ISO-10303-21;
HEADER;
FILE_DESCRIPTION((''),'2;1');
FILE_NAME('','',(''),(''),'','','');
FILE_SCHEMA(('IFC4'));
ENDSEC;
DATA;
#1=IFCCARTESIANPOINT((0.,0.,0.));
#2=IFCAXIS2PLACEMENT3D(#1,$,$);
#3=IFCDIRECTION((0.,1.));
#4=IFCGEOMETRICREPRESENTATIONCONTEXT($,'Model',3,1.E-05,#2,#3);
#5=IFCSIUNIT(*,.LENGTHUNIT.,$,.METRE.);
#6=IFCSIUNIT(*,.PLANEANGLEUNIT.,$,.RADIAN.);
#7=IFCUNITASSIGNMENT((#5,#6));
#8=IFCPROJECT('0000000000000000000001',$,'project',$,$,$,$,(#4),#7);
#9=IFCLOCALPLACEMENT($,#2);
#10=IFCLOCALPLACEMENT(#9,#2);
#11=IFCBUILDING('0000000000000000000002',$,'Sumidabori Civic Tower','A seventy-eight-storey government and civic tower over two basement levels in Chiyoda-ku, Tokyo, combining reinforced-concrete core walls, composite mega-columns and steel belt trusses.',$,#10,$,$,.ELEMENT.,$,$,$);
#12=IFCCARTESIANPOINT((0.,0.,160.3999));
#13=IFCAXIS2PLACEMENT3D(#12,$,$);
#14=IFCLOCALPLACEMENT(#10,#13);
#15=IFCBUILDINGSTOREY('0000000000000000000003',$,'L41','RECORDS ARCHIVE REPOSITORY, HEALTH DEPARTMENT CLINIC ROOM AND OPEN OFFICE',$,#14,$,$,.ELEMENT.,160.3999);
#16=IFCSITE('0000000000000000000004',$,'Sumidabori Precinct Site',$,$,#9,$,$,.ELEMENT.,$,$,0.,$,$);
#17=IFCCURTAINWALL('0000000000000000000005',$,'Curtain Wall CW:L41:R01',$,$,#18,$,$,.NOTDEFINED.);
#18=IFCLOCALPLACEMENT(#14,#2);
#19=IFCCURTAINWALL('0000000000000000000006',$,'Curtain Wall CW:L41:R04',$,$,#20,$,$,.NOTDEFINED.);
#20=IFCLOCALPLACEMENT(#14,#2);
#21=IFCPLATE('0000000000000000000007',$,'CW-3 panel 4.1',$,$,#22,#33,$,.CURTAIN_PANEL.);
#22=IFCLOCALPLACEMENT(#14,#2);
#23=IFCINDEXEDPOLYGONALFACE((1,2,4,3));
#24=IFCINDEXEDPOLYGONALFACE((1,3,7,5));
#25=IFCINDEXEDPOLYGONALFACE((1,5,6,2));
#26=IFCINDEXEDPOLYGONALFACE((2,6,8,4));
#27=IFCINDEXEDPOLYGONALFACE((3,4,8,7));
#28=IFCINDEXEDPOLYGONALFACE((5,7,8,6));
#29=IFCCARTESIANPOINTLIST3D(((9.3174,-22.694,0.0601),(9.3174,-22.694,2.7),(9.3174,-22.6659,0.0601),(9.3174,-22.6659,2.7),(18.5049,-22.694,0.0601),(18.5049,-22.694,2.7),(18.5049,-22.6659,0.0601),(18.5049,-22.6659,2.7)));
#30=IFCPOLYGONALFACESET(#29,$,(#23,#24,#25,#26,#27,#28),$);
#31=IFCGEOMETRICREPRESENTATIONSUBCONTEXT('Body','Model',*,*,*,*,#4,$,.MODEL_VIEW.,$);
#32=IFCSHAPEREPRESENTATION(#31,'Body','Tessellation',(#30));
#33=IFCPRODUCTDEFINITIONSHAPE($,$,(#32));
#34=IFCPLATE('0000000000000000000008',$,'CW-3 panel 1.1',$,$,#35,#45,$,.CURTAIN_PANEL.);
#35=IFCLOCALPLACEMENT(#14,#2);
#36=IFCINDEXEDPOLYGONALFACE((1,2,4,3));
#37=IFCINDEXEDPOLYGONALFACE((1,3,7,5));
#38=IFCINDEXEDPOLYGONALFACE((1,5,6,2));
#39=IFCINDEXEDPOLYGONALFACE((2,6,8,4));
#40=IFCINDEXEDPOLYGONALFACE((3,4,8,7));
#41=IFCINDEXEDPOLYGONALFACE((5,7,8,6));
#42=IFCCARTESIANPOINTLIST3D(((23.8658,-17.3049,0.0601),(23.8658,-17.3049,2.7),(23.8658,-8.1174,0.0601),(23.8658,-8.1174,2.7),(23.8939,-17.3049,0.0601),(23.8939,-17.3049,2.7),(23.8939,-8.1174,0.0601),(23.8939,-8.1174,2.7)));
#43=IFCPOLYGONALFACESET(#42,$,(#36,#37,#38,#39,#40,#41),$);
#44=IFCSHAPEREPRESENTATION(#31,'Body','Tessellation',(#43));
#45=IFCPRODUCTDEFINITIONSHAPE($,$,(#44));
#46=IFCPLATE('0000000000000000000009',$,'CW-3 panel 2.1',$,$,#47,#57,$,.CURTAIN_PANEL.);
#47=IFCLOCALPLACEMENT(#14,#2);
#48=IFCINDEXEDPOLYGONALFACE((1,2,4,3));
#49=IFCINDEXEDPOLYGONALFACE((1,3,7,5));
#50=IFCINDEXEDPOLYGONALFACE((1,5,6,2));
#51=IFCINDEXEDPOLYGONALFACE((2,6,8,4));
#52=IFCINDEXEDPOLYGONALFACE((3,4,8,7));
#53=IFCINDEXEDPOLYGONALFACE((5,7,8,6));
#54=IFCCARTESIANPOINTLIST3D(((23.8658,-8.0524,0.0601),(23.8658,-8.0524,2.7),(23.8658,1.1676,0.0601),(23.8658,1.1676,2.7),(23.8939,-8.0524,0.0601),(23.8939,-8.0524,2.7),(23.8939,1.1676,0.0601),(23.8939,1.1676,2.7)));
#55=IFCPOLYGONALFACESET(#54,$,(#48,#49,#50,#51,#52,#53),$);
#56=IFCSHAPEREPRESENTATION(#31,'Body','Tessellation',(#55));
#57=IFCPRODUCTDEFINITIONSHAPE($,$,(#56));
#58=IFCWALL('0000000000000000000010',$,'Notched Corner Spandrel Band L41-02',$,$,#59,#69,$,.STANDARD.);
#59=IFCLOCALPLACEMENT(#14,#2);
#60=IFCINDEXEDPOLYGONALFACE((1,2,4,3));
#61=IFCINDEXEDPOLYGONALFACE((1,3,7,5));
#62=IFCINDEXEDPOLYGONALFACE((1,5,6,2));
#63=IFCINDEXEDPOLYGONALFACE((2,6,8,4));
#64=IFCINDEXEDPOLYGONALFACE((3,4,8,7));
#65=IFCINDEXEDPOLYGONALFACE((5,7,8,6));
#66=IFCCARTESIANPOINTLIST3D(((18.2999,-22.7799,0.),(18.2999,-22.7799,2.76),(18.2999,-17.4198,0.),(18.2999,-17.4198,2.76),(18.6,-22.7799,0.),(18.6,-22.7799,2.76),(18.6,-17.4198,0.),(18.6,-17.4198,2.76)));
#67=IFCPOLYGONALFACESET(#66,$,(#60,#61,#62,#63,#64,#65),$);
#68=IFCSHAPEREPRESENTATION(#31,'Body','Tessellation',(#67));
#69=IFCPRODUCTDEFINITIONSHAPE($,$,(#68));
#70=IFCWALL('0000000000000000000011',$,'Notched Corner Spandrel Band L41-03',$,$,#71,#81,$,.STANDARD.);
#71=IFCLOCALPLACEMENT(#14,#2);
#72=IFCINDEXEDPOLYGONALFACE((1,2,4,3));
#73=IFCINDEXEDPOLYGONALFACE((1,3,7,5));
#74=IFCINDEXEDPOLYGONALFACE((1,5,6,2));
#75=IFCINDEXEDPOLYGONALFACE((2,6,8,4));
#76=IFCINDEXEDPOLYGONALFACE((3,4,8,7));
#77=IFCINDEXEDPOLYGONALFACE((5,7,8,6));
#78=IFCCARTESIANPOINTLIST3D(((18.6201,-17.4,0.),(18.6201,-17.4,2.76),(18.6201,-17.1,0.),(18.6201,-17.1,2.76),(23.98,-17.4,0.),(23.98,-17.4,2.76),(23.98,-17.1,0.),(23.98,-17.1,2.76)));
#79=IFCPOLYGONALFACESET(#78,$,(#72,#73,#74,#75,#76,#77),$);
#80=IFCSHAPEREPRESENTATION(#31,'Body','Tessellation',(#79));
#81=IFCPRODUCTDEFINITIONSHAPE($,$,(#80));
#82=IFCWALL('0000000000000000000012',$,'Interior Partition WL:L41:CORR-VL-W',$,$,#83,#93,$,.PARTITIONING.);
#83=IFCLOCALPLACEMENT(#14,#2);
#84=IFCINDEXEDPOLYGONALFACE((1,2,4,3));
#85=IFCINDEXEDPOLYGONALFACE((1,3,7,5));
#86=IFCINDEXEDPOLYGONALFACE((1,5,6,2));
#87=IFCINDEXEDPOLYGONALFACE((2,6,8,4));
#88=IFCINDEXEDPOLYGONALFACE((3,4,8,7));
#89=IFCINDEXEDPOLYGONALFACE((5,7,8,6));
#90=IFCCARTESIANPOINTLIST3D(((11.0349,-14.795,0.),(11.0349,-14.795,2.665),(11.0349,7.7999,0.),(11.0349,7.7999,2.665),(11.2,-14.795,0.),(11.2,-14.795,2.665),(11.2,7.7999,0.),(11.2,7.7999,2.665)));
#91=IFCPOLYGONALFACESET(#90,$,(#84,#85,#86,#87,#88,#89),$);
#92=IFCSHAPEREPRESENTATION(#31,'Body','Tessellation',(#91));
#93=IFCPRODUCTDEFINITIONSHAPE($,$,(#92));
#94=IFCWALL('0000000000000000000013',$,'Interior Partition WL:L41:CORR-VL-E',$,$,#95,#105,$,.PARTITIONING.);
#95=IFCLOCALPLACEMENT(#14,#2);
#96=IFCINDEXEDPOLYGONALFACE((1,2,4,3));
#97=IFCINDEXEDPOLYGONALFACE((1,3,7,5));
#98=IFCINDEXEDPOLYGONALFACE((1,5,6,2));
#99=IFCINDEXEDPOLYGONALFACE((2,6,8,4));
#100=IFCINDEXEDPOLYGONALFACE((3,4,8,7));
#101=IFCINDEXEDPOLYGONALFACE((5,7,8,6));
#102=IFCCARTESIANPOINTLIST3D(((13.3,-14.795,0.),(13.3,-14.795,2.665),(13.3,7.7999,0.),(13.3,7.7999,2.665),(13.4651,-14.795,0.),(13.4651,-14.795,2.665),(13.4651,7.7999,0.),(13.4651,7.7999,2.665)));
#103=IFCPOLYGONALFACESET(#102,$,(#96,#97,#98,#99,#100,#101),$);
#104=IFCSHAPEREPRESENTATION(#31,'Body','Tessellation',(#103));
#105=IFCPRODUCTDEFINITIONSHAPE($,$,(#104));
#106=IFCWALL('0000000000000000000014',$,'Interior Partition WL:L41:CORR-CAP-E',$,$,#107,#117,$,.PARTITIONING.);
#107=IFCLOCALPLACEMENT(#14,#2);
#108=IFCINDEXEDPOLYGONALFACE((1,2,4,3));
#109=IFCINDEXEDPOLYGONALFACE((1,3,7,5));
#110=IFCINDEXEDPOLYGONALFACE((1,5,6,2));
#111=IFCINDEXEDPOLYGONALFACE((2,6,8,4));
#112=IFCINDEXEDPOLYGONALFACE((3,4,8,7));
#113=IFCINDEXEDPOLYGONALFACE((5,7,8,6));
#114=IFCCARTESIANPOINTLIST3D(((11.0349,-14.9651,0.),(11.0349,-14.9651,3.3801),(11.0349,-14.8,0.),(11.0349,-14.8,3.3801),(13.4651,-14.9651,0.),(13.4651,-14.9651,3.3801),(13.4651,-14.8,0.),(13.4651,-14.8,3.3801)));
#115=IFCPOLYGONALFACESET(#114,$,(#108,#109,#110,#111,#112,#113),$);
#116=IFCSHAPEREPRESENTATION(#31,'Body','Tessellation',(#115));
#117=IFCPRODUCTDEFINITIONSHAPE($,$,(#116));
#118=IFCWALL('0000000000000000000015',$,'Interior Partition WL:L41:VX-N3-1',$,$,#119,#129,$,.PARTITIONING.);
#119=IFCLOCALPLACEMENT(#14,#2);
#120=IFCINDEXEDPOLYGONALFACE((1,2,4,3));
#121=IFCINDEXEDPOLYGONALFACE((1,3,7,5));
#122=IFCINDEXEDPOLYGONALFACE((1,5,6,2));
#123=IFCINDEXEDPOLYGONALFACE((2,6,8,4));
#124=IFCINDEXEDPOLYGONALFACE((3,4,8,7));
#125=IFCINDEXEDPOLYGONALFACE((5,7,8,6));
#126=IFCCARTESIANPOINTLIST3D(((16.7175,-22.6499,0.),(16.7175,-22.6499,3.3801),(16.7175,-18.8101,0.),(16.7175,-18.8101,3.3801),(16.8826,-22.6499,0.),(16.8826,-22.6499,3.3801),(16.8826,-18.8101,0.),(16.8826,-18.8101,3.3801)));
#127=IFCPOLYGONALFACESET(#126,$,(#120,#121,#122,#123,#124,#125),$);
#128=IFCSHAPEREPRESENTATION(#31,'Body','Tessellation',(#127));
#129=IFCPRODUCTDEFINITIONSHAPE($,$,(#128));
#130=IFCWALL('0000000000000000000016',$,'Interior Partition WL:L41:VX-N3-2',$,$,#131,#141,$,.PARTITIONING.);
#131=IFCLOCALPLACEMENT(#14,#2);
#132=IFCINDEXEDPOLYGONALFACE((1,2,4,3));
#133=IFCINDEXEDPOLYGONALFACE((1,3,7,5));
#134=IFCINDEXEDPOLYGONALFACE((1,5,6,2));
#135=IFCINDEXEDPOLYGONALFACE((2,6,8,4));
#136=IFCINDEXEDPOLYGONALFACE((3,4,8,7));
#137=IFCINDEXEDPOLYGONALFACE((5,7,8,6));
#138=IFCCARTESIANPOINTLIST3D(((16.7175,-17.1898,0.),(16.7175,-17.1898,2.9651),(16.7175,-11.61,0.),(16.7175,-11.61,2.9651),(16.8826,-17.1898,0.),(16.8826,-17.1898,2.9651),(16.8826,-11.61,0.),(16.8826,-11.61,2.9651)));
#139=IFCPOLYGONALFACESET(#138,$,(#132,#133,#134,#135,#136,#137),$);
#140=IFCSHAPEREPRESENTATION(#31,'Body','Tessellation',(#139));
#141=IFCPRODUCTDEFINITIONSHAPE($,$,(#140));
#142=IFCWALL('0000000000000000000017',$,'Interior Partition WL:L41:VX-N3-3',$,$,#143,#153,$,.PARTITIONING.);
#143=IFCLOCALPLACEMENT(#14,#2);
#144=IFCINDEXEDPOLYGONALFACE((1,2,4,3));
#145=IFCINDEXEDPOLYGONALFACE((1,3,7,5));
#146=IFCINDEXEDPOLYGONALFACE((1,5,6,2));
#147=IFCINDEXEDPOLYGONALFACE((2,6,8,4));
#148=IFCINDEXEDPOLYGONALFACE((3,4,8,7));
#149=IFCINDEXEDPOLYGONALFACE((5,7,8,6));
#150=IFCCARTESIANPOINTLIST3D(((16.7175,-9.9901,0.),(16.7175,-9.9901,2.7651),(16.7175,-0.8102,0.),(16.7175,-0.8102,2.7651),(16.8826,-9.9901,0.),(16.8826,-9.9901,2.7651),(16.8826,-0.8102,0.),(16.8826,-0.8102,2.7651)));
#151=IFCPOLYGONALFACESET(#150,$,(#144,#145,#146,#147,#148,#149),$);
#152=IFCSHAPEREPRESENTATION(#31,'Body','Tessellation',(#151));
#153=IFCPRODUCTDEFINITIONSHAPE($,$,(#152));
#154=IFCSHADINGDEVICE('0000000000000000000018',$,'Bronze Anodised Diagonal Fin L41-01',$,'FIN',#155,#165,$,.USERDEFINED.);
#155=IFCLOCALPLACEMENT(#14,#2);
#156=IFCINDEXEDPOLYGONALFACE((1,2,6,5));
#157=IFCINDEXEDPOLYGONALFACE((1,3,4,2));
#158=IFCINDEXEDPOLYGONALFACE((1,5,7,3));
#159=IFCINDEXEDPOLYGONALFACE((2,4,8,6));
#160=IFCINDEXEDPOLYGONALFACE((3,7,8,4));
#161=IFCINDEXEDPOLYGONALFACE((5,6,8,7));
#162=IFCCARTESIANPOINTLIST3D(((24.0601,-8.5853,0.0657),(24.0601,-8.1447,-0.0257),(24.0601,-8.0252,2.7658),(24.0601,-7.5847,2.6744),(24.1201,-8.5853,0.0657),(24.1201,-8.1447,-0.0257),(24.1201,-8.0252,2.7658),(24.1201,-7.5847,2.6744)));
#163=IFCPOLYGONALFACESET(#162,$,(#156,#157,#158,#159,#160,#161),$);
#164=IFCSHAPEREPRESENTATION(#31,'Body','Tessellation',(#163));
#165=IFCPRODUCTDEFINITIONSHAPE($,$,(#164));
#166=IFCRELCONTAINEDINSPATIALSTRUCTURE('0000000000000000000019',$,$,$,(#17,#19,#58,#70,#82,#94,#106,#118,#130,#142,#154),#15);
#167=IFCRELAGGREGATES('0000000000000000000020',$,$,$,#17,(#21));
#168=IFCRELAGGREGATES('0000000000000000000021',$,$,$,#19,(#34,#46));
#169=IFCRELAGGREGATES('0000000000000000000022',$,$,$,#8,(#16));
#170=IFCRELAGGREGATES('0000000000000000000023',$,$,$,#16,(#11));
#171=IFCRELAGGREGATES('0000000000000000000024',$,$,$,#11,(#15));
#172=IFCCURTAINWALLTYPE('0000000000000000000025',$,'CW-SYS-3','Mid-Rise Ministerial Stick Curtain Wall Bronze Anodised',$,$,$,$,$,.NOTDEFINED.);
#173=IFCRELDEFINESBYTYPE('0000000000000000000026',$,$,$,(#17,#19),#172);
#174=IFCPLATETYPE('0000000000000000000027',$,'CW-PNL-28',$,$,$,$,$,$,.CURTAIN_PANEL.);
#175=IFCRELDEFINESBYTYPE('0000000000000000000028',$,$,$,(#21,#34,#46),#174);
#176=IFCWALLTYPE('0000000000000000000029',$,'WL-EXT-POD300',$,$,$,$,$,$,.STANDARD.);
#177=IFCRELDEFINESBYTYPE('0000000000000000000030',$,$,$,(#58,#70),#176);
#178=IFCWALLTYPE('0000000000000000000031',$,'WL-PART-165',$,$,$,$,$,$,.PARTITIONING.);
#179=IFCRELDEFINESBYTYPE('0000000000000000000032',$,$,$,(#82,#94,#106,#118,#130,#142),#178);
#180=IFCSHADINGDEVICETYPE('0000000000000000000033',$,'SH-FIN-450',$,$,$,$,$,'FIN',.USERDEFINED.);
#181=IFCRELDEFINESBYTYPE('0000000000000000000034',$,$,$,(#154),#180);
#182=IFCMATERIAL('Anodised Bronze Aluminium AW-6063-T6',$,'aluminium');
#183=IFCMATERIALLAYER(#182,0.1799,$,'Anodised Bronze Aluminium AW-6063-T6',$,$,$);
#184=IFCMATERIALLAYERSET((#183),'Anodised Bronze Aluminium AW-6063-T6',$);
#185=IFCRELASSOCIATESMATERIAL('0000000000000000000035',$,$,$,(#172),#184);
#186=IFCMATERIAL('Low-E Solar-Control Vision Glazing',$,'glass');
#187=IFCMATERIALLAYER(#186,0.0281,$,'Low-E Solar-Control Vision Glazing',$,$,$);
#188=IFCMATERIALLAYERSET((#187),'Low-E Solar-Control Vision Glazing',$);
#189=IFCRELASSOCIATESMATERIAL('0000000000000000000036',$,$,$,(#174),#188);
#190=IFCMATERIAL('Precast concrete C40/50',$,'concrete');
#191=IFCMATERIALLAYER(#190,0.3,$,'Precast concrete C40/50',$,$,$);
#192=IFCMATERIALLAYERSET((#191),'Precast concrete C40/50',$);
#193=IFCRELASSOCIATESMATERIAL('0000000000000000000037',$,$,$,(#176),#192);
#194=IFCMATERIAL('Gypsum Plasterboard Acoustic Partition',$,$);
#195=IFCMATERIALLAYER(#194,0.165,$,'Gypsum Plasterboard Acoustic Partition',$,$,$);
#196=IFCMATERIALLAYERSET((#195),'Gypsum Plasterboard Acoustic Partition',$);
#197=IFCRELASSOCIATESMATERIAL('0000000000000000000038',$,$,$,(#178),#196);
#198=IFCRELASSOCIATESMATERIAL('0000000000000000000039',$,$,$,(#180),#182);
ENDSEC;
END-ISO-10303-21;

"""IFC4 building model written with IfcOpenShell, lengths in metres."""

from ifc_helpers import new_model, si_unit, direction, frame, frame_2d, origin, origin_2d, place, context, subcontext, project, spatial, rectangle, extrude, source, transform, mapped, material, layer, layer_set, material_profile, profile_set, type_object, element, aggregate, save


model = new_model("IFC4")

# Units and contexts
model_context = context("Model", 3, precision=1e-05, world=origin(), true_north=direction((0.0, 1.0)))
body_context = subcontext(model_context, "Body", "Model", "MODEL_VIEW")
ifc_project = project(units=[si_unit("LENGTHUNIT", "METRE"), si_unit("PLANEANGLEUNIT", "RADIAN")], contexts=[model_context])

# Site, building, storey
site_placement = place(None, origin())
site = spatial("IfcSite", under=ifc_project, at=site_placement, Name="Sumidabori Precinct Site", CompositionType="ELEMENT", RefElevation=0.0)
building_placement = place(site_placement, origin())
building = spatial("IfcBuilding", under=site, at=building_placement, Name="Sumidabori Civic Tower", Description="A seventy-eight-storey government and civic tower over two basement levels in Chiyoda-ku, Tokyo, combining reinforced-concrete core walls, composite mega-columns and steel belt trusses.", CompositionType="ELEMENT")
storey_placement = place(building_placement, frame((0.0, 0.0, 160.3999)))
storey = spatial("IfcBuildingStorey", under=building, at=storey_placement, Name="L41", Description="RECORDS ARCHIVE REPOSITORY, HEALTH DEPARTMENT CLINIC ROOM AND OPEN OFFICE", CompositionType="ELEMENT", Elevation=160.3999)

# Curtain wall
ifc_material_1 = material(Name="Anodised Bronze Aluminium AW-6063-T6", Category="aluminium")
ifc_layer_1 = layer(ifc_material_1, 0.1799, Name="Anodised Bronze Aluminium AW-6063-T6")
ifc_layer_set_1 = layer_set([ifc_layer_1], Name="Anodised Bronze Aluminium AW-6063-T6")
curtain_wall_type = type_object("IfcCurtainWallType", Name="CW-SYS-3", Description="Mid-Rise Ministerial Stick Curtain Wall Bronze Anodised", PredefinedType="NOTDEFINED", material=ifc_layer_set_1)
curtain_wall_1_placement = place(storey_placement, origin())
curtain_wall_1 = element("IfcCurtainWall", 1, at=curtain_wall_1_placement, inside=storey, type_object=curtain_wall_type, Name="Curtain Wall CW:L41:R01", PredefinedType="NOTDEFINED")

# Curtain wall
curtain_wall_2_placement = place(storey_placement, origin())
curtain_wall_2 = element("IfcCurtainWall", 2, at=curtain_wall_2_placement, inside=storey, type_object=curtain_wall_type, Name="Curtain Wall CW:L41:R04", PredefinedType="NOTDEFINED")

# Plates
ifc_material_2 = material(Name="Low-E Solar-Control Vision Glazing", Category="glass")
ifc_layer_2 = layer(ifc_material_2, 0.0281, Name="Low-E Solar-Control Vision Glazing")
ifc_layer_set_2 = layer_set([ifc_layer_2], Name="Low-E Solar-Control Vision Glazing")
plate_type = type_object("IfcPlateType", Name="CW-PNL-28", PredefinedType="CURTAIN_PANEL", material=ifc_layer_set_2)
shared_shape_1 = source(origin(), body_context, "Body", "SweptSolid", [
    extrude(rectangle(XDim=9.1875, YDim=0.0281, at=origin_2d()), origin(), (0.0, 0.0, 1.0), 2.6399),
])
plate_1_placement = place(storey_placement, frame((13.9111, -22.6799, 0.0601), z_axis=(0.0, 0.0, 1.0), x_axis=(1.0, 0.0, 0.0)))
plate_1 = element("IfcPlate", 3, at=plate_1_placement, type_object=plate_type, Name="CW-3 panel 4.1", PredefinedType="CURTAIN_PANEL", context=body_context, shape_type="MappedRepresentation", body=[
    mapped(shared_shape_1, transform((0.0, 0.0, 0.0), x_axis=(1.0, 0.0, 0.0), y_axis=(0.0, 1.0, 0.0), z_axis=(0.0, 0.0, 1.0), scale=1.0)),
])
aggregate(curtain_wall_1, [plate_1])
plate_2_placement = place(storey_placement, frame((23.8799, -12.7112, 0.0601), z_axis=(0.0, 0.0, 1.0), x_axis=(0.0, 1.0, 0.0)))
plate_2 = element("IfcPlate", 4, at=plate_2_placement, type_object=plate_type, Name="CW-3 panel 1.1", PredefinedType="CURTAIN_PANEL", context=body_context, shape_type="MappedRepresentation", body=[
    mapped(shared_shape_1, transform((0.0, 0.0, 0.0), x_axis=(1.0, 0.0, 0.0), y_axis=(0.0, 1.0, 0.0), z_axis=(0.0, 0.0, 1.0), scale=1.0)),
])
shared_shape_2 = source(origin(), body_context, "Body", "SweptSolid", [
    extrude(rectangle(XDim=9.22, YDim=0.0281, at=origin_2d()), origin(), (0.0, 0.0, 1.0), 2.6399),
])
plate_3_placement = place(storey_placement, frame((23.8799, -3.4424, 0.0601), z_axis=(0.0, 0.0, 1.0), x_axis=(0.0, 1.0, 0.0)))
plate_3 = element("IfcPlate", 5, at=plate_3_placement, type_object=plate_type, Name="CW-3 panel 2.1", PredefinedType="CURTAIN_PANEL", context=body_context, shape_type="MappedRepresentation", body=[
    mapped(shared_shape_2, transform((0.0, 0.0, 0.0), x_axis=(1.0, 0.0, 0.0), y_axis=(0.0, 1.0, 0.0), z_axis=(0.0, 0.0, 1.0), scale=1.0)),
])
aggregate(curtain_wall_2, [plate_2, plate_3])

# Walls
ifc_material_3 = material(Name="Precast concrete C40/50", Category="concrete")
ifc_layer_3 = layer(ifc_material_3, 0.3, Name="Precast concrete C40/50")
ifc_layer_set_3 = layer_set([ifc_layer_3], Name="Precast concrete C40/50")
wall_type_1 = type_object("IfcWallType", Name="WL-EXT-POD300", PredefinedType="STANDARD", material=ifc_layer_set_3)
shared_shape_3 = source(origin(), body_context, "Body", "SweptSolid", [
    extrude(rectangle(XDim=5.3601, YDim=0.3, at=frame_2d((2.6802, 0.0))), origin(), (0.0, 0.0, 1.0), 2.76),
])
wall_1_placement = place(storey_placement, frame((18.45, -22.78, 0.0), z_axis=(0.0, 0.0, 1.0), x_axis=(0.0, 1.0, 0.0)))
element("IfcWall", 6, at=wall_1_placement, inside=storey, type_object=wall_type_1, Name="Notched Corner Spandrel Band L41-02", PredefinedType="STANDARD", context=body_context, shape_type="MappedRepresentation", body=[
    mapped(shared_shape_3, transform((0.0, 0.0, 0.0), x_axis=(1.0, 0.0, 0.0), y_axis=(0.0, 1.0, 0.0), z_axis=(0.0, 0.0, 1.0), scale=1.0)),
])
shared_shape_4 = source(origin(), body_context, "Body", "SweptSolid", [
    extrude(rectangle(XDim=5.3599, YDim=0.3, at=frame_2d((2.6799, 0.0))), origin(), (0.0, 0.0, 1.0), 2.76),
])
wall_2_placement = place(storey_placement, frame((18.6201, -17.25, 0.0), z_axis=(0.0, 0.0, 1.0), x_axis=(1.0, 0.0, 0.0)))
element("IfcWall", 7, at=wall_2_placement, inside=storey, type_object=wall_type_1, Name="Notched Corner Spandrel Band L41-03", PredefinedType="STANDARD", context=body_context, shape_type="MappedRepresentation", body=[
    mapped(shared_shape_4, transform((0.0, 0.0, 0.0), x_axis=(1.0, 0.0, 0.0), y_axis=(0.0, 1.0, 0.0), z_axis=(0.0, 0.0, 1.0), scale=1.0)),
])
ifc_material_4 = material(Name="Gypsum Plasterboard Acoustic Partition")
ifc_layer_4 = layer(ifc_material_4, 0.165, Name="Gypsum Plasterboard Acoustic Partition")
ifc_layer_set_4 = layer_set([ifc_layer_4], Name="Gypsum Plasterboard Acoustic Partition")
wall_type_2 = type_object("IfcWallType", Name="WL-PART-165", PredefinedType="PARTITIONING", material=ifc_layer_set_4)
shared_shape_5 = source(origin(), body_context, "Body", "SweptSolid", [
    extrude(rectangle(XDim=22.595, YDim=0.165, at=frame_2d((11.2974, 0.0))), origin(), (0.0, 0.0, 1.0), 2.665),
])
for number, where, z_axis, x_axis, name in (
    (8, (11.1174, -14.7949, 0.0), (0.0, 0.0, 1.0), (0.0, 1.0, 0.0), "Interior Partition WL:L41:CORR-VL-W"),
    (9, (13.3826, -14.7949, 0.0), (0.0, 0.0, 1.0), (0.0, 1.0, 0.0), "Interior Partition WL:L41:CORR-VL-E"),
):
    element("IfcWall", number, at=place(storey_placement, frame(where, z_axis=z_axis, x_axis=x_axis)), inside=storey, type_object=wall_type_2, Name=name, PredefinedType="PARTITIONING", context=body_context, shape_type="MappedRepresentation", body=[
        mapped(shared_shape_5, transform((0.0, 0.0, 0.0), x_axis=(1.0, 0.0, 0.0), y_axis=(0.0, 1.0, 0.0), z_axis=(0.0, 0.0, 1.0), scale=1.0)),
    ])
shared_shape_6 = source(origin(), body_context, "Body", "SweptSolid", [
    extrude(rectangle(XDim=2.4302, YDim=0.165, at=frame_2d((1.2151, 0.0))), origin(), (0.0, 0.0, 1.0), 3.3801),
])
wall_3_placement = place(storey_placement, frame((11.0349, -14.8826, 0.0), z_axis=(0.0, 0.0, 1.0), x_axis=(1.0, 0.0, 0.0)))
element("IfcWall", 10, at=wall_3_placement, inside=storey, type_object=wall_type_2, Name="Interior Partition WL:L41:CORR-CAP-E", PredefinedType="PARTITIONING", context=body_context, shape_type="MappedRepresentation", body=[
    mapped(shared_shape_6, transform((0.0, 0.0, 0.0), x_axis=(1.0, 0.0, 0.0), y_axis=(0.0, 1.0, 0.0), z_axis=(0.0, 0.0, 1.0), scale=1.0)),
])
shared_shape_7 = source(origin(), body_context, "Body", "SweptSolid", [
    extrude(rectangle(XDim=3.8398, YDim=0.165, at=frame_2d((1.9199, 0.0))), origin(), (0.0, 0.0, 1.0), 3.3801),
])
wall_4_placement = place(storey_placement, frame((16.8, -22.6499, 0.0), z_axis=(0.0, 0.0, 1.0), x_axis=(0.0, 1.0, 0.0)))
element("IfcWall", 11, at=wall_4_placement, inside=storey, type_object=wall_type_2, Name="Interior Partition WL:L41:VX-N3-1", PredefinedType="PARTITIONING", context=body_context, shape_type="MappedRepresentation", body=[
    mapped(shared_shape_7, transform((0.0, 0.0, 0.0), x_axis=(1.0, 0.0, 0.0), y_axis=(0.0, 1.0, 0.0), z_axis=(0.0, 0.0, 1.0), scale=1.0)),
])
shared_shape_8 = source(origin(), body_context, "Body", "SweptSolid", [
    extrude(rectangle(XDim=5.5798, YDim=0.165, at=frame_2d((2.79, 0.0))), origin(), (0.0, 0.0, 1.0), 2.9651),
])
wall_5_placement = place(storey_placement, frame((16.8, -17.1899, 0.0), z_axis=(0.0, 0.0, 1.0), x_axis=(0.0, 1.0, 0.0)))
element("IfcWall", 12, at=wall_5_placement, inside=storey, type_object=wall_type_2, Name="Interior Partition WL:L41:VX-N3-2", PredefinedType="PARTITIONING", context=body_context, shape_type="MappedRepresentation", body=[
    mapped(shared_shape_8, transform((0.0, 0.0, 0.0), x_axis=(1.0, 0.0, 0.0), y_axis=(0.0, 1.0, 0.0), z_axis=(0.0, 0.0, 1.0), scale=1.0)),
])
shared_shape_9 = source(origin(), body_context, "Body", "SweptSolid", [
    extrude(rectangle(XDim=9.1799, YDim=0.165, at=frame_2d((4.5898, 0.0))), origin(), (0.0, 0.0, 1.0), 2.7651),
])
wall_6_placement = place(storey_placement, frame((16.8, -9.99, 0.0), z_axis=(0.0, 0.0, 1.0), x_axis=(0.0, 1.0, 0.0)))
element("IfcWall", 13, at=wall_6_placement, inside=storey, type_object=wall_type_2, Name="Interior Partition WL:L41:VX-N3-3", PredefinedType="PARTITIONING", context=body_context, shape_type="MappedRepresentation", body=[
    mapped(shared_shape_9, transform((0.0, 0.0, 0.0), x_axis=(1.0, 0.0, 0.0), y_axis=(0.0, 1.0, 0.0), z_axis=(0.0, 0.0, 1.0), scale=1.0)),
])

# Shading device
ifc_material_profile_1 = material_profile(ifc_material_1, rectangle(XDim=0.0601, YDim=0.45, at=origin_2d()), Name="BRONZE FIN 450x60")
ifc_profile_set_1 = profile_set([ifc_material_profile_1], Name="Anodised Bronze Aluminium AW-6063-T6")
shading_device_type = type_object("IfcShadingDeviceType", Name="SH-FIN-450", ElementType="FIN", PredefinedType="USERDEFINED", material=ifc_profile_set_1)
shared_shape_10 = source(origin(), body_context, "Body", "SweptSolid", [
    extrude(rectangle(XDim=0.0601, YDim=0.45, at=origin_2d()), origin(), (0.0, 0.0, 1.0), 2.7576),
])
shading_device_placement = place(storey_placement, frame((24.0901, -8.365, 0.02), z_axis=(0.0, 0.203092, 0.97916), x_axis=(-1.0, 0.0, 0.0)))
element("IfcShadingDevice", 14, at=shading_device_placement, inside=storey, type_object=shading_device_type, Name="Bronze Anodised Diagonal Fin L41-01", ObjectType="FIN", PredefinedType="USERDEFINED", context=body_context, shape_type="MappedRepresentation", body=[
    mapped(shared_shape_10, transform((0.0, 0.0, 0.0), x_axis=(1.0, 0.0, 0.0), y_axis=(0.0, 1.0, 0.0), z_axis=(0.0, 0.0, 1.0), scale=1.0)),
])

save(model, "model.ifc")
